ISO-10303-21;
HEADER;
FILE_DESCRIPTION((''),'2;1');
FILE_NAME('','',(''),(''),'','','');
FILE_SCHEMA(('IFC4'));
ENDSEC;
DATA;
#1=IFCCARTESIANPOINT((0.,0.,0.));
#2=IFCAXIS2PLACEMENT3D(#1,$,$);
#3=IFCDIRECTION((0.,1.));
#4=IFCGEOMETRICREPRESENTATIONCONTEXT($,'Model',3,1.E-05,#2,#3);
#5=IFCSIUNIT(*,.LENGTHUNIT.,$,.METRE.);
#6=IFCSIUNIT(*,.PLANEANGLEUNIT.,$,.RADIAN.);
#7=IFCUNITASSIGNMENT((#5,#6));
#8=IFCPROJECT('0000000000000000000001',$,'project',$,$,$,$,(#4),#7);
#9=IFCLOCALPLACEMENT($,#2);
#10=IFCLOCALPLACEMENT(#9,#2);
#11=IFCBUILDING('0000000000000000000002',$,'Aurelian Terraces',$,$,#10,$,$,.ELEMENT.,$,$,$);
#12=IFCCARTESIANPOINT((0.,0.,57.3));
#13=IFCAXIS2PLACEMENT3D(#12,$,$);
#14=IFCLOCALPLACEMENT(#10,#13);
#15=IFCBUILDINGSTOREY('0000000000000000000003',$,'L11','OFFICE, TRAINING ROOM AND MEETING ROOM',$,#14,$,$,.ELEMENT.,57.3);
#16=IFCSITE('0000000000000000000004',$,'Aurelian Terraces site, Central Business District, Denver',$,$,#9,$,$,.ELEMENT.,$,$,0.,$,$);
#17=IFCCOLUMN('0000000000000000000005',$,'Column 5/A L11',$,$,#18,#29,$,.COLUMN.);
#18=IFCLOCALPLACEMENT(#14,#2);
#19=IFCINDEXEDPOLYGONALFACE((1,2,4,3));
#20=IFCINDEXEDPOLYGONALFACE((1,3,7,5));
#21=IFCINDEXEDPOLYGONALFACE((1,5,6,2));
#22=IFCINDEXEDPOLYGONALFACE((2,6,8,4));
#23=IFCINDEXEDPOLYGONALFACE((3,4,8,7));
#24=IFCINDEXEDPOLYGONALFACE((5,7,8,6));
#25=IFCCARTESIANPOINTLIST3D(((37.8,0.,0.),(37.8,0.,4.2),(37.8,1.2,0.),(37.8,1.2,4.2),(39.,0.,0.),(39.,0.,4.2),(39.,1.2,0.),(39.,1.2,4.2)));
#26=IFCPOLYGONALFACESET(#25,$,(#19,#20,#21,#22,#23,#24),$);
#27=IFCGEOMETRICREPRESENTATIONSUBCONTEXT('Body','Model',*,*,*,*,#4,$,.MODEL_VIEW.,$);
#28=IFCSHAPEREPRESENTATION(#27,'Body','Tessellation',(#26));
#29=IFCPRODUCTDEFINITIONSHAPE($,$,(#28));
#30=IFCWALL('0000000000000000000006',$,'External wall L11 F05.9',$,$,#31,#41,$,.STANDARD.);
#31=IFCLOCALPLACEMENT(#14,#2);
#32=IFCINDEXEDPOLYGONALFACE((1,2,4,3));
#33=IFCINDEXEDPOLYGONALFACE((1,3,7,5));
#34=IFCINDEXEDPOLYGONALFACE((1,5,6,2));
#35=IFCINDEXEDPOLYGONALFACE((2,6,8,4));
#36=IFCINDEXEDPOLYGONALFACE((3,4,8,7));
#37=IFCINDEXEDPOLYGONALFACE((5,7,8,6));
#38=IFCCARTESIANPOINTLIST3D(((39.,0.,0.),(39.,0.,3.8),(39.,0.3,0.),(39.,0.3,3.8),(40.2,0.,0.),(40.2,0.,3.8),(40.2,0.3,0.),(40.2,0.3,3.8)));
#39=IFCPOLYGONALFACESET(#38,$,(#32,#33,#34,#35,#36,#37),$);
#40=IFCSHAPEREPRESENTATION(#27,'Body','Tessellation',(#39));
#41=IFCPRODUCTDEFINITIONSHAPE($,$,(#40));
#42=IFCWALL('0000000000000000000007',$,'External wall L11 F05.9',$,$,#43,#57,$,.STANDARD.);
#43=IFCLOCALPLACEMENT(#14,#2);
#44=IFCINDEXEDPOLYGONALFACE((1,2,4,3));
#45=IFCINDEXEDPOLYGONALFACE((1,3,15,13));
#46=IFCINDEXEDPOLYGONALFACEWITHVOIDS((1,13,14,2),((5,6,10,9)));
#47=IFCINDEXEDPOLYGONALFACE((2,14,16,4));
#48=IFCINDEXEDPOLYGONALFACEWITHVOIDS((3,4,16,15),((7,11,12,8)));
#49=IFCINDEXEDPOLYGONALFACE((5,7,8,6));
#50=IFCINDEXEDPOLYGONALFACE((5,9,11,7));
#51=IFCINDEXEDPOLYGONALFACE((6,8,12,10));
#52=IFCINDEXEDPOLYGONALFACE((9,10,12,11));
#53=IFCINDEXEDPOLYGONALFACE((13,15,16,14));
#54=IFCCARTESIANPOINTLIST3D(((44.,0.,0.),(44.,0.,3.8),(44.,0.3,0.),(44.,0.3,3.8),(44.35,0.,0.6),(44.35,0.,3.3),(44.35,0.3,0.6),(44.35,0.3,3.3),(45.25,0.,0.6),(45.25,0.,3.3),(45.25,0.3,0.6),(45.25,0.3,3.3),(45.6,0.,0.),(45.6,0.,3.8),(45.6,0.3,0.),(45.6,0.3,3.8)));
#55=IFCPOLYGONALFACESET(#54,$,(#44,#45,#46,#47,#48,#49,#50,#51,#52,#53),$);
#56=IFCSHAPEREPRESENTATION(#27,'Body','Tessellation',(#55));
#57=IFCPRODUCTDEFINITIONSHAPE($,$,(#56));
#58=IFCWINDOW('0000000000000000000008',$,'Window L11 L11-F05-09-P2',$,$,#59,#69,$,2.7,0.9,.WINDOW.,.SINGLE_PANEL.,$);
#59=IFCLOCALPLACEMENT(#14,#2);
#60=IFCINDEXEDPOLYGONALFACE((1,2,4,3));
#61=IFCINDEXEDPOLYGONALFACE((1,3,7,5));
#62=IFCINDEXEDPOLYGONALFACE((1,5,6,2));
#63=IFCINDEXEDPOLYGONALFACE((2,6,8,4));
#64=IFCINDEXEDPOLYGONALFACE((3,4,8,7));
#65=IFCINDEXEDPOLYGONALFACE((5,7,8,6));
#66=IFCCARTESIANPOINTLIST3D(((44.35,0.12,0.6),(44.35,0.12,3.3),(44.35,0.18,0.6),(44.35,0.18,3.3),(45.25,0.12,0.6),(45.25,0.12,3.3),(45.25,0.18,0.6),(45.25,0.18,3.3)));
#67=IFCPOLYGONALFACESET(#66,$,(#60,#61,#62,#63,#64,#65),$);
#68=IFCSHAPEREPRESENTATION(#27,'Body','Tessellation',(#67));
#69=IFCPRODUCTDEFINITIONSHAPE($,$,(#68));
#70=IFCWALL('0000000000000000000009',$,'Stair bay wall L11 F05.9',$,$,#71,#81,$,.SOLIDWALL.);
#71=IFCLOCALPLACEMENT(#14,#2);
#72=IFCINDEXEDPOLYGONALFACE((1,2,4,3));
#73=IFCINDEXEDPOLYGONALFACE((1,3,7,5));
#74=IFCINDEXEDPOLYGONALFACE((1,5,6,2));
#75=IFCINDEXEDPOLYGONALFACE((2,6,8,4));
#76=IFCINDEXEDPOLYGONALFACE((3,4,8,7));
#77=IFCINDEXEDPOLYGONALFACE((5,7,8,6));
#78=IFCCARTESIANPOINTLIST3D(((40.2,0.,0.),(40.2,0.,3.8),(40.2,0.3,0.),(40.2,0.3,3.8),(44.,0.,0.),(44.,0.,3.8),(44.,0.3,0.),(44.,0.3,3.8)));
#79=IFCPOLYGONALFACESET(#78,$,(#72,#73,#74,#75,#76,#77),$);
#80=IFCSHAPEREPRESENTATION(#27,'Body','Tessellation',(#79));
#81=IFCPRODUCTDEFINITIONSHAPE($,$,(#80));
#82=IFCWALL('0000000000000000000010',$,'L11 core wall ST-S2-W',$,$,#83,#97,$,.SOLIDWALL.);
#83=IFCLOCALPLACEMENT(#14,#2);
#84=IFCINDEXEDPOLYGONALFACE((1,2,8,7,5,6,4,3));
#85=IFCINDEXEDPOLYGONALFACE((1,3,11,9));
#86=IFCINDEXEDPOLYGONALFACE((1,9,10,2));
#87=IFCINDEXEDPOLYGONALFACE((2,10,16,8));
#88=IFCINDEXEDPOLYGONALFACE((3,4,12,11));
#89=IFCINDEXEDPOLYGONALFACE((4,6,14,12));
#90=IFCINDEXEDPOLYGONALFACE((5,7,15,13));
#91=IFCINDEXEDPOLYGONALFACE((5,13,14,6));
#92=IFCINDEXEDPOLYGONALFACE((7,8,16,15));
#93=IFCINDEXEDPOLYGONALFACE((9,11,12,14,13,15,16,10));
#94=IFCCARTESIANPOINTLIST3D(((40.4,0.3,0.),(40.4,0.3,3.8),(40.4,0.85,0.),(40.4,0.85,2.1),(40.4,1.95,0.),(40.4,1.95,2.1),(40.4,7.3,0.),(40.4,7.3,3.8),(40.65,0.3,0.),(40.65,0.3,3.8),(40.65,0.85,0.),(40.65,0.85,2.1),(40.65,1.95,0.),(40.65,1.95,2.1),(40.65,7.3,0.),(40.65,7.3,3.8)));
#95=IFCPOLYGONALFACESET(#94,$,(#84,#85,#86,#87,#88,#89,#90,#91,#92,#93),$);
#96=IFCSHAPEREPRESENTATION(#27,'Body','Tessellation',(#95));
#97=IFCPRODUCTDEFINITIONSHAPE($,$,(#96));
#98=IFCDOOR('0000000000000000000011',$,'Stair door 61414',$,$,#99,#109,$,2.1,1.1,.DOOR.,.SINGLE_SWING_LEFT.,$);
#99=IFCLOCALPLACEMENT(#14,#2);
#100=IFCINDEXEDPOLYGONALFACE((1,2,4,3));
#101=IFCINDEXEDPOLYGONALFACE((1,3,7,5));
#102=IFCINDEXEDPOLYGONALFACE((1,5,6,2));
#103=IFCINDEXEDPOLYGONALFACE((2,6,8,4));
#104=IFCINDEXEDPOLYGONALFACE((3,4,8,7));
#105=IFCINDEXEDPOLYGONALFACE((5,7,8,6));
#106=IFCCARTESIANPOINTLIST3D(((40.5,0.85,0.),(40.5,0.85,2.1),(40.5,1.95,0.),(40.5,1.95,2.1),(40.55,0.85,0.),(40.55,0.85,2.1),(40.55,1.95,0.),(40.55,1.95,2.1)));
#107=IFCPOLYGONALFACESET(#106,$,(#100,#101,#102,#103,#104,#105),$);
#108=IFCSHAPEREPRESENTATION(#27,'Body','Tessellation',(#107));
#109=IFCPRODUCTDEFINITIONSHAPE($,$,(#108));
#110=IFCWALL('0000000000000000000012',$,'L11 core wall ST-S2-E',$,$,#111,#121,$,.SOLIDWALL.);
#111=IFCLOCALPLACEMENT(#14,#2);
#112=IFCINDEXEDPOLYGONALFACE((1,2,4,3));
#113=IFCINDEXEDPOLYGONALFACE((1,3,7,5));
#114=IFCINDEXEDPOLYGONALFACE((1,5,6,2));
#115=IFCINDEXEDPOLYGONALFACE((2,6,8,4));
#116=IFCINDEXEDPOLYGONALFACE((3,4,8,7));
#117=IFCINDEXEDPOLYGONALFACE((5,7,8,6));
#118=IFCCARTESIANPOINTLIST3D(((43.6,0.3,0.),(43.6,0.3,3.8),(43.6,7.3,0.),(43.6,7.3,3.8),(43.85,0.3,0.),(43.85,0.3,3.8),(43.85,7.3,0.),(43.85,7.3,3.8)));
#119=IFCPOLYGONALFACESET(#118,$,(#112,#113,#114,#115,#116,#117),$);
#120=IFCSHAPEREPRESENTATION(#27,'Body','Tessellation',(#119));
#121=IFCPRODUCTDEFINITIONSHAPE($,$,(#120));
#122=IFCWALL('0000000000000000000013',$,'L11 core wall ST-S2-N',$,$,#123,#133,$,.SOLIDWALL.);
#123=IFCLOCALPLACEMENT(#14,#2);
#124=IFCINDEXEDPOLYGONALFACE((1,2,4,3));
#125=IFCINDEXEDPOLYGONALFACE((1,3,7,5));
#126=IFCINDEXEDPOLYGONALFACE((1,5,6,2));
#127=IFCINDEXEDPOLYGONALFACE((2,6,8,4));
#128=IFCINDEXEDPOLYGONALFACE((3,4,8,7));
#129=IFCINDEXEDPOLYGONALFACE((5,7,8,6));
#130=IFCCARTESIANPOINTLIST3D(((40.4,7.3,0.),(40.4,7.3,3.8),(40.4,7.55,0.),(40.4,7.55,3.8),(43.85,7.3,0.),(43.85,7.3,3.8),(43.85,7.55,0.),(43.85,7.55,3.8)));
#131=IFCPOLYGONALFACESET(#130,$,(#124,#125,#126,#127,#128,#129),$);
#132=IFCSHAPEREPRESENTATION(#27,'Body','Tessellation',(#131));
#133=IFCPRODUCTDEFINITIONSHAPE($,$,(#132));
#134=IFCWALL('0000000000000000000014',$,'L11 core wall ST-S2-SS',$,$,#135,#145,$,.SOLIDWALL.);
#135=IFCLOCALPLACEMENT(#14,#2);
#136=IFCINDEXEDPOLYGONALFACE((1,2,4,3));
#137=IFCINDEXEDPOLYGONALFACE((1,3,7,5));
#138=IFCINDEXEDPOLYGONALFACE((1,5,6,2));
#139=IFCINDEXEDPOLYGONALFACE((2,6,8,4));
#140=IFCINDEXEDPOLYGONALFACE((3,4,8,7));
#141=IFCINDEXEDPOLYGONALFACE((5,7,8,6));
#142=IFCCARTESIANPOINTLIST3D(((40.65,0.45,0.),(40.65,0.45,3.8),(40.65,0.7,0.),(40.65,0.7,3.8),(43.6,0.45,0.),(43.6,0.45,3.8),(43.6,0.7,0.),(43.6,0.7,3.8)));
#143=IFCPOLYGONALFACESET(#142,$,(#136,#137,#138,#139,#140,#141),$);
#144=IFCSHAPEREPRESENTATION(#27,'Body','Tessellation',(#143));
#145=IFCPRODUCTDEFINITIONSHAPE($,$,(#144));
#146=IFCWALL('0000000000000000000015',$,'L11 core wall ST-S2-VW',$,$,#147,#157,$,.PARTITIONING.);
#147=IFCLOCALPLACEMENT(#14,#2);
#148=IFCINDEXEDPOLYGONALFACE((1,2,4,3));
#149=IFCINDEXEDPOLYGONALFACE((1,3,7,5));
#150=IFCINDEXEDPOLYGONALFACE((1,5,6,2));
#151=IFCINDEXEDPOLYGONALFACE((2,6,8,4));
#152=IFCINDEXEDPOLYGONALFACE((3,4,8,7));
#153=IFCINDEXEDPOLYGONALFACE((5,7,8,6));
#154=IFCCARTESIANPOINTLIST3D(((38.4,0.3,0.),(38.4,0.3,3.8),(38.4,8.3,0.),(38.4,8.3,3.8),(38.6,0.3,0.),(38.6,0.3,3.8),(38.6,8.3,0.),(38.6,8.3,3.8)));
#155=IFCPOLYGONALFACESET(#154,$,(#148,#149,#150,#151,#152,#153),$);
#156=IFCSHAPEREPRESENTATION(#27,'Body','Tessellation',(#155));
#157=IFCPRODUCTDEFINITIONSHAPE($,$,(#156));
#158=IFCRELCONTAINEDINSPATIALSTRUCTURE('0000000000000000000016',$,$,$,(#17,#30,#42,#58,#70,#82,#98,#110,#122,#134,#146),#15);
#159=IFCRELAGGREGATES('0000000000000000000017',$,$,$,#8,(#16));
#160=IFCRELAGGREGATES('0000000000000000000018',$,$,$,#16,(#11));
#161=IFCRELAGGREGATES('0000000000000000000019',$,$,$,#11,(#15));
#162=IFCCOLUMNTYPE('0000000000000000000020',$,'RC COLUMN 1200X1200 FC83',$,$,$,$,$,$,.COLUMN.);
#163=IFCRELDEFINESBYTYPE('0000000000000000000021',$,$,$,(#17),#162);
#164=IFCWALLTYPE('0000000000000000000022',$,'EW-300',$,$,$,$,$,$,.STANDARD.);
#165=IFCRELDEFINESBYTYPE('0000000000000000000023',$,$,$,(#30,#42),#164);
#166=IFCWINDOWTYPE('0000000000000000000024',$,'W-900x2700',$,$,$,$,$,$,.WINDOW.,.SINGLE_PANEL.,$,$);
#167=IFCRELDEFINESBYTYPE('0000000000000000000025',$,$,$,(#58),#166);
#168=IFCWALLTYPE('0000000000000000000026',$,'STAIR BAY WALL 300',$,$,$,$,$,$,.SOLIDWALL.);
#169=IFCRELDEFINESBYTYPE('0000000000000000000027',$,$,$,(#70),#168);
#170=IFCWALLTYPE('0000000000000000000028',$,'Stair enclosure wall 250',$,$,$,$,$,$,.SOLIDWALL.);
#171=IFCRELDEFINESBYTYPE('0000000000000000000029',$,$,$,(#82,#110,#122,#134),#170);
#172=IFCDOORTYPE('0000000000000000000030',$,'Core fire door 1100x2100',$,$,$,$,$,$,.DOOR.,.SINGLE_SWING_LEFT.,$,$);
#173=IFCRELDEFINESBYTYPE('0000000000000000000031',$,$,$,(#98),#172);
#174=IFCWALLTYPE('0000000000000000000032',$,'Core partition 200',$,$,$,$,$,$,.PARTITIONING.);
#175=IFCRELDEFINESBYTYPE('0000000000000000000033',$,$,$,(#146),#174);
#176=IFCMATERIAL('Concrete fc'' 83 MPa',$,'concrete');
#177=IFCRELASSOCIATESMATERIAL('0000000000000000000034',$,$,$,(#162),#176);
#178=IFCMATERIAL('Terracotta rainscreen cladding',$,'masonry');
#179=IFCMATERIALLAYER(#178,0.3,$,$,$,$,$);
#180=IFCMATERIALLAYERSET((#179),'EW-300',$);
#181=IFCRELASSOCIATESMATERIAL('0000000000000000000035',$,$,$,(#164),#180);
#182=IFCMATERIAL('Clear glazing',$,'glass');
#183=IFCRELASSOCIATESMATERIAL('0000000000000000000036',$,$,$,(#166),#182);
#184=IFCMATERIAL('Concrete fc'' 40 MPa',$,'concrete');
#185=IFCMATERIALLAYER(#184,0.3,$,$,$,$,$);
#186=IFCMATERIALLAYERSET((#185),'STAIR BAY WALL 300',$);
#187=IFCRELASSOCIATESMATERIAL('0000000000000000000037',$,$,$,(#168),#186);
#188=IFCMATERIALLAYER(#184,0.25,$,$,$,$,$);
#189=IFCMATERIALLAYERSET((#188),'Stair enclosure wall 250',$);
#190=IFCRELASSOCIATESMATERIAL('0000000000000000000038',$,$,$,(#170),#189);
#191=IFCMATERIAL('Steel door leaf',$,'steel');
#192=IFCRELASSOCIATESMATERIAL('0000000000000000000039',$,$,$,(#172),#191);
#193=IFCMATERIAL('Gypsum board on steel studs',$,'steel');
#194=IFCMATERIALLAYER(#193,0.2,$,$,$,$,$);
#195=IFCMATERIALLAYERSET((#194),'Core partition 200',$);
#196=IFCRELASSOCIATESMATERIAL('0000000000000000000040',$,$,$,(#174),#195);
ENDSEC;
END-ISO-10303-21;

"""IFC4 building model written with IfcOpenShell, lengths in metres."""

from ifc_helpers import new_model, si_unit, direction, frame, frame_2d, origin, origin_2d, place, context, subcontext, project, spatial, rectangle, extrude, source, transform, mapped, material, layer, layer_set, material_profile, profile_set, type_object, element, fill, save


model = new_model("IFC4")

# Units and contexts
model_context = context("Model", 3, precision=1e-05, world=origin(), true_north=direction((0.0, 1.0)))
body_context = subcontext(model_context, "Body", "Model", "MODEL_VIEW")
ifc_project = project(units=[si_unit("LENGTHUNIT", "METRE"), si_unit("PLANEANGLEUNIT", "RADIAN")], contexts=[model_context])

# Site, building, storey
site_placement = place(None, origin())
site = spatial("IfcSite", under=ifc_project, at=site_placement, Name="Aurelian Terraces site, Central Business District, Denver", CompositionType="ELEMENT", RefElevation=0.0)
building_placement = place(site_placement, origin())
building = spatial("IfcBuilding", under=site, at=building_placement, Name="Aurelian Terraces", CompositionType="ELEMENT")
storey_placement = place(building_placement, frame((0.0, 0.0, 57.3)))
storey = spatial("IfcBuildingStorey", under=building, at=storey_placement, Name="L11", Description="OFFICE, TRAINING ROOM AND MEETING ROOM", CompositionType="ELEMENT", Elevation=57.3)

# Column
ifc_material_1 = material(Name="Concrete fc' 83 MPa", Category="concrete")
ifc_material_profile = material_profile(ifc_material_1, rectangle(XDim=1.2, YDim=1.2, at=origin_2d()))
ifc_profile_set = profile_set([ifc_material_profile], Name="Concrete fc' 83 MPa")
column_type = type_object("IfcColumnType", Name="RC COLUMN 1200X1200 FC83", PredefinedType="COLUMN", material=ifc_profile_set)
shared_shape_1 = source(origin(), body_context, "Body", "SweptSolid", [
    extrude(rectangle(XDim=1.2, YDim=1.2, at=origin_2d()), origin(), (0.0, 0.0, 1.0), 4.2),
])
column_placement = place(storey_placement, frame((38.4, 0.6, 0.0), z_axis=(0.0, 0.0, 1.0), x_axis=(1.0, 0.0, 0.0)))
element("IfcColumn", 1, at=column_placement, inside=storey, type_object=column_type, Name="Column 5/A L11", PredefinedType="COLUMN", context=body_context, shape_type="MappedRepresentation", body=[
    mapped(shared_shape_1, transform((0.0, 0.0, 0.0), scale=1.0)),
])

# Wall
ifc_material_2 = material(Name="Terracotta rainscreen cladding", Category="masonry")
ifc_layer_1 = layer(ifc_material_2, 0.3)
ifc_layer_set_1 = layer_set([ifc_layer_1], Name="EW-300")
wall_type_1 = type_object("IfcWallType", Name="EW-300", PredefinedType="STANDARD", material=ifc_layer_set_1)
shared_shape_2 = source(origin(), body_context, "Body", "SweptSolid", [
    extrude(rectangle(XDim=1.2, YDim=0.3, at=frame_2d((0.6, 0.0))), origin(), (0.0, 0.0, 1.0), 3.8),
])
wall_1_placement = place(storey_placement, frame((39.0, 0.15, 0.0), z_axis=(0.0, 0.0, 1.0), x_axis=(1.0, 0.0, 0.0)))
element("IfcWall", 2, at=wall_1_placement, inside=storey, type_object=wall_type_1, Name="External wall L11 F05.9", PredefinedType="STANDARD", context=body_context, shape_type="MappedRepresentation", body=[
    mapped(shared_shape_2, transform((0.0, 0.0, 0.0), scale=1.0)),
])

# Wall, opening, window
shared_shape_3 = source(origin(), body_context, "Body", "SweptSolid", [
    extrude(rectangle(XDim=1.6, YDim=0.3, at=frame_2d((0.8, 0.0))), origin(), (0.0, 0.0, 1.0), 3.8),
])
wall_2_placement = place(storey_placement, frame((44.0, 0.15, 0.0), z_axis=(0.0, 0.0, 1.0), x_axis=(1.0, 0.0, 0.0)))
wall_2 = element("IfcWall", 3, at=wall_2_placement, inside=storey, type_object=wall_type_1, Name="External wall L11 F05.9", PredefinedType="STANDARD", context=body_context, shape_type="MappedRepresentation", body=[
    mapped(shared_shape_3, transform((0.0, 0.0, 0.0), scale=1.0)),
])
shared_shape_4 = source(origin(), body_context, "Body", "SweptSolid", [
    extrude(rectangle(XDim=0.9, YDim=2.7, at=frame_2d((0.45, 1.35))), frame((0.0, 0.16, 0.0), z_axis=(0.0, -1.0, 0.0), x_axis=(1.0, 0.0, 0.0)), (0.0, 0.0, 1.0), 0.32),
])
opening_1_placement = place(wall_2_placement, frame((0.35, 0.0, 0.6)))
opening_1 = element("IfcOpeningElement", 4, at=opening_1_placement, cuts=wall_2, PredefinedType="OPENING", context=body_context, shape_type="MappedRepresentation", body=[
    mapped(shared_shape_4, transform((0.0, 0.0, 0.0), scale=1.0)),
])
ifc_material_3 = material(Name="Clear glazing", Category="glass")
window_type = type_object("IfcWindowType", Name="W-900x2700", PartitioningType="SINGLE_PANEL", PredefinedType="WINDOW", material=ifc_material_3)
shared_shape_5 = source(origin(), body_context, "Body", "SweptSolid", [
    extrude(rectangle(XDim=0.9, YDim=2.7, at=frame_2d((0.45, 1.35))), frame((0.0, 0.03, 0.0), z_axis=(0.0, -1.0, 0.0), x_axis=(1.0, 0.0, 0.0)), (0.0, 0.0, 1.0), 0.06),
])
window_placement = place(opening_1_placement, origin())
window = element("IfcWindow", 5, at=window_placement, inside=storey, type_object=window_type, Name="Window L11 L11-F05-09-P2", OverallHeight=2.7, OverallWidth=0.9, PartitioningType="SINGLE_PANEL", PredefinedType="WINDOW", context=body_context, shape_type="MappedRepresentation", body=[
    mapped(shared_shape_5, transform((0.0, 0.0, 0.0), scale=1.0)),
])
fill(opening_1, window)

# Wall
ifc_material_4 = material(Name="Concrete fc' 40 MPa", Category="concrete")
ifc_layer_2 = layer(ifc_material_4, 0.3)
ifc_layer_set_2 = layer_set([ifc_layer_2], Name="STAIR BAY WALL 300")
wall_type_2 = type_object("IfcWallType", Name="STAIR BAY WALL 300", PredefinedType="SOLIDWALL", material=ifc_layer_set_2)
shared_shape_6 = source(origin(), body_context, "Body", "SweptSolid", [
    extrude(rectangle(XDim=3.8, YDim=0.3, at=frame_2d((1.9, 0.0))), origin(), (0.0, 0.0, 1.0), 3.8),
])
wall_3_placement = place(storey_placement, frame((40.2, 0.15, 0.0), z_axis=(0.0, 0.0, 1.0), x_axis=(1.0, 0.0, 0.0)))
element("IfcWall", 6, at=wall_3_placement, inside=storey, type_object=wall_type_2, Name="Stair bay wall L11 F05.9", PredefinedType="SOLIDWALL", context=body_context, shape_type="MappedRepresentation", body=[
    mapped(shared_shape_6, transform((0.0, 0.0, 0.0), scale=1.0)),
])

# Wall, opening, door
ifc_layer_3 = layer(ifc_material_4, 0.25)
ifc_layer_set_3 = layer_set([ifc_layer_3], Name="Stair enclosure wall 250")
wall_type_3 = type_object("IfcWallType", Name="Stair enclosure wall 250", PredefinedType="SOLIDWALL", material=ifc_layer_set_3)
shared_shape_7 = source(origin(), body_context, "Body", "SweptSolid", [
    extrude(rectangle(XDim=7.0, YDim=0.25, at=frame_2d((3.5, 0.0))), origin(), (0.0, 0.0, 1.0), 3.8),
])
wall_4_placement = place(storey_placement, frame((40.525, 0.3, 0.0), z_axis=(0.0, 0.0, 1.0), x_axis=(0.0, 1.0, 0.0)))
wall_4 = element("IfcWall", 7, at=wall_4_placement, inside=storey, type_object=wall_type_3, Name="L11 core wall ST-S2-W", PredefinedType="SOLIDWALL", context=body_context, shape_type="MappedRepresentation", body=[
    mapped(shared_shape_7, transform((0.0, 0.0, 0.0), scale=1.0)),
])
shared_shape_8 = source(origin(), body_context, "Body", "SweptSolid", [
    extrude(rectangle(XDim=1.1, YDim=2.1, at=frame_2d((0.55, 1.05))), frame((0.0, 0.135, 0.0), z_axis=(0.0, -1.0, 0.0), x_axis=(1.0, 0.0, 0.0)), (0.0, 0.0, 1.0), 0.27),
])
opening_2_placement = place(wall_4_placement, frame((0.55, 0.0, 0.0)))
opening_2 = element("IfcOpeningElement", 8, at=opening_2_placement, cuts=wall_4, PredefinedType="OPENING", context=body_context, shape_type="MappedRepresentation", body=[
    mapped(shared_shape_8, transform((0.0, 0.0, 0.0), scale=1.0)),
])
ifc_material_5 = material(Name="Steel door leaf", Category="steel")
door_type_1 = type_object("IfcDoorType", Name="Core fire door 1100x2100", OperationType="SINGLE_SWING_LEFT", PredefinedType="DOOR", material=ifc_material_5)
shared_shape_9 = source(origin(), body_context, "Body", "SweptSolid", [
    extrude(rectangle(XDim=1.1, YDim=2.1, at=frame_2d((0.55, 1.05))), frame((0.0, 0.025, 0.0), z_axis=(0.0, -1.0, 0.0), x_axis=(1.0, 0.0, 0.0)), (0.0, 0.0, 1.0), 0.05),
])
door_1_placement = place(opening_2_placement, origin())
door_1 = element("IfcDoor", 9, at=door_1_placement, inside=storey, type_object=door_type_1, Name="Stair door 61414", OperationType="SINGLE_SWING_LEFT", OverallHeight=2.1, OverallWidth=1.1, PredefinedType="DOOR", context=body_context, shape_type="MappedRepresentation", body=[
    mapped(shared_shape_9, transform((0.0, 0.0, 0.0), scale=1.0)),
])
fill(opening_2, door_1)

# Walls
wall_5_placement = place(storey_placement, frame((43.725, 0.3, 0.0), z_axis=(0.0, 0.0, 1.0), x_axis=(0.0, 1.0, 0.0)))
element("IfcWall", 10, at=wall_5_placement, inside=storey, type_object=wall_type_3, Name="L11 core wall ST-S2-E", PredefinedType="SOLIDWALL", context=body_context, shape_type="MappedRepresentation", body=[
    mapped(shared_shape_7, transform((0.0, 0.0, 0.0), scale=1.0)),
])
shared_shape_10 = source(origin(), body_context, "Body", "SweptSolid", [
    extrude(rectangle(XDim=3.45, YDim=0.25, at=frame_2d((1.725, 0.0))), origin(), (0.0, 0.0, 1.0), 3.8),
])
wall_6_placement = place(storey_placement, frame((40.4, 7.425, 0.0), z_axis=(0.0, 0.0, 1.0), x_axis=(1.0, 0.0, 0.0)))
element("IfcWall", 11, at=wall_6_placement, inside=storey, type_object=wall_type_3, Name="L11 core wall ST-S2-N", PredefinedType="SOLIDWALL", context=body_context, shape_type="MappedRepresentation", body=[
    mapped(shared_shape_10, transform((0.0, 0.0, 0.0), scale=1.0)),
])
shared_shape_11 = source(origin(), body_context, "Body", "SweptSolid", [
    extrude(rectangle(XDim=2.95, YDim=0.25, at=frame_2d((1.475, 0.0))), origin(), (0.0, 0.0, 1.0), 3.8),
])
wall_7_placement = place(storey_placement, frame((40.65, 0.575, 0.0), z_axis=(0.0, 0.0, 1.0), x_axis=(1.0, 0.0, 0.0)))
element("IfcWall", 12, at=wall_7_placement, inside=storey, type_object=wall_type_3, Name="L11 core wall ST-S2-SS", PredefinedType="SOLIDWALL", context=body_context, shape_type="MappedRepresentation", body=[
    mapped(shared_shape_11, transform((0.0, 0.0, 0.0), scale=1.0)),
])
ifc_material_6 = material(Name="Gypsum board on steel studs", Category="steel")
ifc_layer_4 = layer(ifc_material_6, 0.2)
ifc_layer_set_4 = layer_set([ifc_layer_4], Name="Core partition 200")
wall_type_4 = type_object("IfcWallType", Name="Core partition 200", PredefinedType="PARTITIONING", material=ifc_layer_set_4)
shared_shape_12 = source(origin(), body_context, "Body", "SweptSolid", [
    extrude(rectangle(XDim=8.0, YDim=0.2, at=frame_2d((4.0, 0.0))), origin(), (0.0, 0.0, 1.0), 3.8),
])
wall_8_placement = place(storey_placement, frame((38.5, 0.3, 0.0), z_axis=(0.0, 0.0, 1.0), x_axis=(0.0, 1.0, 0.0)))
element("IfcWall", 13, at=wall_8_placement, inside=storey, type_object=wall_type_4, Name="L11 core wall ST-S2-VW", PredefinedType="PARTITIONING", context=body_context, shape_type="MappedRepresentation", body=[
    mapped(shared_shape_12, transform((0.0, 0.0, 0.0), scale=1.0)),
])

save(model, "model.ifc")
